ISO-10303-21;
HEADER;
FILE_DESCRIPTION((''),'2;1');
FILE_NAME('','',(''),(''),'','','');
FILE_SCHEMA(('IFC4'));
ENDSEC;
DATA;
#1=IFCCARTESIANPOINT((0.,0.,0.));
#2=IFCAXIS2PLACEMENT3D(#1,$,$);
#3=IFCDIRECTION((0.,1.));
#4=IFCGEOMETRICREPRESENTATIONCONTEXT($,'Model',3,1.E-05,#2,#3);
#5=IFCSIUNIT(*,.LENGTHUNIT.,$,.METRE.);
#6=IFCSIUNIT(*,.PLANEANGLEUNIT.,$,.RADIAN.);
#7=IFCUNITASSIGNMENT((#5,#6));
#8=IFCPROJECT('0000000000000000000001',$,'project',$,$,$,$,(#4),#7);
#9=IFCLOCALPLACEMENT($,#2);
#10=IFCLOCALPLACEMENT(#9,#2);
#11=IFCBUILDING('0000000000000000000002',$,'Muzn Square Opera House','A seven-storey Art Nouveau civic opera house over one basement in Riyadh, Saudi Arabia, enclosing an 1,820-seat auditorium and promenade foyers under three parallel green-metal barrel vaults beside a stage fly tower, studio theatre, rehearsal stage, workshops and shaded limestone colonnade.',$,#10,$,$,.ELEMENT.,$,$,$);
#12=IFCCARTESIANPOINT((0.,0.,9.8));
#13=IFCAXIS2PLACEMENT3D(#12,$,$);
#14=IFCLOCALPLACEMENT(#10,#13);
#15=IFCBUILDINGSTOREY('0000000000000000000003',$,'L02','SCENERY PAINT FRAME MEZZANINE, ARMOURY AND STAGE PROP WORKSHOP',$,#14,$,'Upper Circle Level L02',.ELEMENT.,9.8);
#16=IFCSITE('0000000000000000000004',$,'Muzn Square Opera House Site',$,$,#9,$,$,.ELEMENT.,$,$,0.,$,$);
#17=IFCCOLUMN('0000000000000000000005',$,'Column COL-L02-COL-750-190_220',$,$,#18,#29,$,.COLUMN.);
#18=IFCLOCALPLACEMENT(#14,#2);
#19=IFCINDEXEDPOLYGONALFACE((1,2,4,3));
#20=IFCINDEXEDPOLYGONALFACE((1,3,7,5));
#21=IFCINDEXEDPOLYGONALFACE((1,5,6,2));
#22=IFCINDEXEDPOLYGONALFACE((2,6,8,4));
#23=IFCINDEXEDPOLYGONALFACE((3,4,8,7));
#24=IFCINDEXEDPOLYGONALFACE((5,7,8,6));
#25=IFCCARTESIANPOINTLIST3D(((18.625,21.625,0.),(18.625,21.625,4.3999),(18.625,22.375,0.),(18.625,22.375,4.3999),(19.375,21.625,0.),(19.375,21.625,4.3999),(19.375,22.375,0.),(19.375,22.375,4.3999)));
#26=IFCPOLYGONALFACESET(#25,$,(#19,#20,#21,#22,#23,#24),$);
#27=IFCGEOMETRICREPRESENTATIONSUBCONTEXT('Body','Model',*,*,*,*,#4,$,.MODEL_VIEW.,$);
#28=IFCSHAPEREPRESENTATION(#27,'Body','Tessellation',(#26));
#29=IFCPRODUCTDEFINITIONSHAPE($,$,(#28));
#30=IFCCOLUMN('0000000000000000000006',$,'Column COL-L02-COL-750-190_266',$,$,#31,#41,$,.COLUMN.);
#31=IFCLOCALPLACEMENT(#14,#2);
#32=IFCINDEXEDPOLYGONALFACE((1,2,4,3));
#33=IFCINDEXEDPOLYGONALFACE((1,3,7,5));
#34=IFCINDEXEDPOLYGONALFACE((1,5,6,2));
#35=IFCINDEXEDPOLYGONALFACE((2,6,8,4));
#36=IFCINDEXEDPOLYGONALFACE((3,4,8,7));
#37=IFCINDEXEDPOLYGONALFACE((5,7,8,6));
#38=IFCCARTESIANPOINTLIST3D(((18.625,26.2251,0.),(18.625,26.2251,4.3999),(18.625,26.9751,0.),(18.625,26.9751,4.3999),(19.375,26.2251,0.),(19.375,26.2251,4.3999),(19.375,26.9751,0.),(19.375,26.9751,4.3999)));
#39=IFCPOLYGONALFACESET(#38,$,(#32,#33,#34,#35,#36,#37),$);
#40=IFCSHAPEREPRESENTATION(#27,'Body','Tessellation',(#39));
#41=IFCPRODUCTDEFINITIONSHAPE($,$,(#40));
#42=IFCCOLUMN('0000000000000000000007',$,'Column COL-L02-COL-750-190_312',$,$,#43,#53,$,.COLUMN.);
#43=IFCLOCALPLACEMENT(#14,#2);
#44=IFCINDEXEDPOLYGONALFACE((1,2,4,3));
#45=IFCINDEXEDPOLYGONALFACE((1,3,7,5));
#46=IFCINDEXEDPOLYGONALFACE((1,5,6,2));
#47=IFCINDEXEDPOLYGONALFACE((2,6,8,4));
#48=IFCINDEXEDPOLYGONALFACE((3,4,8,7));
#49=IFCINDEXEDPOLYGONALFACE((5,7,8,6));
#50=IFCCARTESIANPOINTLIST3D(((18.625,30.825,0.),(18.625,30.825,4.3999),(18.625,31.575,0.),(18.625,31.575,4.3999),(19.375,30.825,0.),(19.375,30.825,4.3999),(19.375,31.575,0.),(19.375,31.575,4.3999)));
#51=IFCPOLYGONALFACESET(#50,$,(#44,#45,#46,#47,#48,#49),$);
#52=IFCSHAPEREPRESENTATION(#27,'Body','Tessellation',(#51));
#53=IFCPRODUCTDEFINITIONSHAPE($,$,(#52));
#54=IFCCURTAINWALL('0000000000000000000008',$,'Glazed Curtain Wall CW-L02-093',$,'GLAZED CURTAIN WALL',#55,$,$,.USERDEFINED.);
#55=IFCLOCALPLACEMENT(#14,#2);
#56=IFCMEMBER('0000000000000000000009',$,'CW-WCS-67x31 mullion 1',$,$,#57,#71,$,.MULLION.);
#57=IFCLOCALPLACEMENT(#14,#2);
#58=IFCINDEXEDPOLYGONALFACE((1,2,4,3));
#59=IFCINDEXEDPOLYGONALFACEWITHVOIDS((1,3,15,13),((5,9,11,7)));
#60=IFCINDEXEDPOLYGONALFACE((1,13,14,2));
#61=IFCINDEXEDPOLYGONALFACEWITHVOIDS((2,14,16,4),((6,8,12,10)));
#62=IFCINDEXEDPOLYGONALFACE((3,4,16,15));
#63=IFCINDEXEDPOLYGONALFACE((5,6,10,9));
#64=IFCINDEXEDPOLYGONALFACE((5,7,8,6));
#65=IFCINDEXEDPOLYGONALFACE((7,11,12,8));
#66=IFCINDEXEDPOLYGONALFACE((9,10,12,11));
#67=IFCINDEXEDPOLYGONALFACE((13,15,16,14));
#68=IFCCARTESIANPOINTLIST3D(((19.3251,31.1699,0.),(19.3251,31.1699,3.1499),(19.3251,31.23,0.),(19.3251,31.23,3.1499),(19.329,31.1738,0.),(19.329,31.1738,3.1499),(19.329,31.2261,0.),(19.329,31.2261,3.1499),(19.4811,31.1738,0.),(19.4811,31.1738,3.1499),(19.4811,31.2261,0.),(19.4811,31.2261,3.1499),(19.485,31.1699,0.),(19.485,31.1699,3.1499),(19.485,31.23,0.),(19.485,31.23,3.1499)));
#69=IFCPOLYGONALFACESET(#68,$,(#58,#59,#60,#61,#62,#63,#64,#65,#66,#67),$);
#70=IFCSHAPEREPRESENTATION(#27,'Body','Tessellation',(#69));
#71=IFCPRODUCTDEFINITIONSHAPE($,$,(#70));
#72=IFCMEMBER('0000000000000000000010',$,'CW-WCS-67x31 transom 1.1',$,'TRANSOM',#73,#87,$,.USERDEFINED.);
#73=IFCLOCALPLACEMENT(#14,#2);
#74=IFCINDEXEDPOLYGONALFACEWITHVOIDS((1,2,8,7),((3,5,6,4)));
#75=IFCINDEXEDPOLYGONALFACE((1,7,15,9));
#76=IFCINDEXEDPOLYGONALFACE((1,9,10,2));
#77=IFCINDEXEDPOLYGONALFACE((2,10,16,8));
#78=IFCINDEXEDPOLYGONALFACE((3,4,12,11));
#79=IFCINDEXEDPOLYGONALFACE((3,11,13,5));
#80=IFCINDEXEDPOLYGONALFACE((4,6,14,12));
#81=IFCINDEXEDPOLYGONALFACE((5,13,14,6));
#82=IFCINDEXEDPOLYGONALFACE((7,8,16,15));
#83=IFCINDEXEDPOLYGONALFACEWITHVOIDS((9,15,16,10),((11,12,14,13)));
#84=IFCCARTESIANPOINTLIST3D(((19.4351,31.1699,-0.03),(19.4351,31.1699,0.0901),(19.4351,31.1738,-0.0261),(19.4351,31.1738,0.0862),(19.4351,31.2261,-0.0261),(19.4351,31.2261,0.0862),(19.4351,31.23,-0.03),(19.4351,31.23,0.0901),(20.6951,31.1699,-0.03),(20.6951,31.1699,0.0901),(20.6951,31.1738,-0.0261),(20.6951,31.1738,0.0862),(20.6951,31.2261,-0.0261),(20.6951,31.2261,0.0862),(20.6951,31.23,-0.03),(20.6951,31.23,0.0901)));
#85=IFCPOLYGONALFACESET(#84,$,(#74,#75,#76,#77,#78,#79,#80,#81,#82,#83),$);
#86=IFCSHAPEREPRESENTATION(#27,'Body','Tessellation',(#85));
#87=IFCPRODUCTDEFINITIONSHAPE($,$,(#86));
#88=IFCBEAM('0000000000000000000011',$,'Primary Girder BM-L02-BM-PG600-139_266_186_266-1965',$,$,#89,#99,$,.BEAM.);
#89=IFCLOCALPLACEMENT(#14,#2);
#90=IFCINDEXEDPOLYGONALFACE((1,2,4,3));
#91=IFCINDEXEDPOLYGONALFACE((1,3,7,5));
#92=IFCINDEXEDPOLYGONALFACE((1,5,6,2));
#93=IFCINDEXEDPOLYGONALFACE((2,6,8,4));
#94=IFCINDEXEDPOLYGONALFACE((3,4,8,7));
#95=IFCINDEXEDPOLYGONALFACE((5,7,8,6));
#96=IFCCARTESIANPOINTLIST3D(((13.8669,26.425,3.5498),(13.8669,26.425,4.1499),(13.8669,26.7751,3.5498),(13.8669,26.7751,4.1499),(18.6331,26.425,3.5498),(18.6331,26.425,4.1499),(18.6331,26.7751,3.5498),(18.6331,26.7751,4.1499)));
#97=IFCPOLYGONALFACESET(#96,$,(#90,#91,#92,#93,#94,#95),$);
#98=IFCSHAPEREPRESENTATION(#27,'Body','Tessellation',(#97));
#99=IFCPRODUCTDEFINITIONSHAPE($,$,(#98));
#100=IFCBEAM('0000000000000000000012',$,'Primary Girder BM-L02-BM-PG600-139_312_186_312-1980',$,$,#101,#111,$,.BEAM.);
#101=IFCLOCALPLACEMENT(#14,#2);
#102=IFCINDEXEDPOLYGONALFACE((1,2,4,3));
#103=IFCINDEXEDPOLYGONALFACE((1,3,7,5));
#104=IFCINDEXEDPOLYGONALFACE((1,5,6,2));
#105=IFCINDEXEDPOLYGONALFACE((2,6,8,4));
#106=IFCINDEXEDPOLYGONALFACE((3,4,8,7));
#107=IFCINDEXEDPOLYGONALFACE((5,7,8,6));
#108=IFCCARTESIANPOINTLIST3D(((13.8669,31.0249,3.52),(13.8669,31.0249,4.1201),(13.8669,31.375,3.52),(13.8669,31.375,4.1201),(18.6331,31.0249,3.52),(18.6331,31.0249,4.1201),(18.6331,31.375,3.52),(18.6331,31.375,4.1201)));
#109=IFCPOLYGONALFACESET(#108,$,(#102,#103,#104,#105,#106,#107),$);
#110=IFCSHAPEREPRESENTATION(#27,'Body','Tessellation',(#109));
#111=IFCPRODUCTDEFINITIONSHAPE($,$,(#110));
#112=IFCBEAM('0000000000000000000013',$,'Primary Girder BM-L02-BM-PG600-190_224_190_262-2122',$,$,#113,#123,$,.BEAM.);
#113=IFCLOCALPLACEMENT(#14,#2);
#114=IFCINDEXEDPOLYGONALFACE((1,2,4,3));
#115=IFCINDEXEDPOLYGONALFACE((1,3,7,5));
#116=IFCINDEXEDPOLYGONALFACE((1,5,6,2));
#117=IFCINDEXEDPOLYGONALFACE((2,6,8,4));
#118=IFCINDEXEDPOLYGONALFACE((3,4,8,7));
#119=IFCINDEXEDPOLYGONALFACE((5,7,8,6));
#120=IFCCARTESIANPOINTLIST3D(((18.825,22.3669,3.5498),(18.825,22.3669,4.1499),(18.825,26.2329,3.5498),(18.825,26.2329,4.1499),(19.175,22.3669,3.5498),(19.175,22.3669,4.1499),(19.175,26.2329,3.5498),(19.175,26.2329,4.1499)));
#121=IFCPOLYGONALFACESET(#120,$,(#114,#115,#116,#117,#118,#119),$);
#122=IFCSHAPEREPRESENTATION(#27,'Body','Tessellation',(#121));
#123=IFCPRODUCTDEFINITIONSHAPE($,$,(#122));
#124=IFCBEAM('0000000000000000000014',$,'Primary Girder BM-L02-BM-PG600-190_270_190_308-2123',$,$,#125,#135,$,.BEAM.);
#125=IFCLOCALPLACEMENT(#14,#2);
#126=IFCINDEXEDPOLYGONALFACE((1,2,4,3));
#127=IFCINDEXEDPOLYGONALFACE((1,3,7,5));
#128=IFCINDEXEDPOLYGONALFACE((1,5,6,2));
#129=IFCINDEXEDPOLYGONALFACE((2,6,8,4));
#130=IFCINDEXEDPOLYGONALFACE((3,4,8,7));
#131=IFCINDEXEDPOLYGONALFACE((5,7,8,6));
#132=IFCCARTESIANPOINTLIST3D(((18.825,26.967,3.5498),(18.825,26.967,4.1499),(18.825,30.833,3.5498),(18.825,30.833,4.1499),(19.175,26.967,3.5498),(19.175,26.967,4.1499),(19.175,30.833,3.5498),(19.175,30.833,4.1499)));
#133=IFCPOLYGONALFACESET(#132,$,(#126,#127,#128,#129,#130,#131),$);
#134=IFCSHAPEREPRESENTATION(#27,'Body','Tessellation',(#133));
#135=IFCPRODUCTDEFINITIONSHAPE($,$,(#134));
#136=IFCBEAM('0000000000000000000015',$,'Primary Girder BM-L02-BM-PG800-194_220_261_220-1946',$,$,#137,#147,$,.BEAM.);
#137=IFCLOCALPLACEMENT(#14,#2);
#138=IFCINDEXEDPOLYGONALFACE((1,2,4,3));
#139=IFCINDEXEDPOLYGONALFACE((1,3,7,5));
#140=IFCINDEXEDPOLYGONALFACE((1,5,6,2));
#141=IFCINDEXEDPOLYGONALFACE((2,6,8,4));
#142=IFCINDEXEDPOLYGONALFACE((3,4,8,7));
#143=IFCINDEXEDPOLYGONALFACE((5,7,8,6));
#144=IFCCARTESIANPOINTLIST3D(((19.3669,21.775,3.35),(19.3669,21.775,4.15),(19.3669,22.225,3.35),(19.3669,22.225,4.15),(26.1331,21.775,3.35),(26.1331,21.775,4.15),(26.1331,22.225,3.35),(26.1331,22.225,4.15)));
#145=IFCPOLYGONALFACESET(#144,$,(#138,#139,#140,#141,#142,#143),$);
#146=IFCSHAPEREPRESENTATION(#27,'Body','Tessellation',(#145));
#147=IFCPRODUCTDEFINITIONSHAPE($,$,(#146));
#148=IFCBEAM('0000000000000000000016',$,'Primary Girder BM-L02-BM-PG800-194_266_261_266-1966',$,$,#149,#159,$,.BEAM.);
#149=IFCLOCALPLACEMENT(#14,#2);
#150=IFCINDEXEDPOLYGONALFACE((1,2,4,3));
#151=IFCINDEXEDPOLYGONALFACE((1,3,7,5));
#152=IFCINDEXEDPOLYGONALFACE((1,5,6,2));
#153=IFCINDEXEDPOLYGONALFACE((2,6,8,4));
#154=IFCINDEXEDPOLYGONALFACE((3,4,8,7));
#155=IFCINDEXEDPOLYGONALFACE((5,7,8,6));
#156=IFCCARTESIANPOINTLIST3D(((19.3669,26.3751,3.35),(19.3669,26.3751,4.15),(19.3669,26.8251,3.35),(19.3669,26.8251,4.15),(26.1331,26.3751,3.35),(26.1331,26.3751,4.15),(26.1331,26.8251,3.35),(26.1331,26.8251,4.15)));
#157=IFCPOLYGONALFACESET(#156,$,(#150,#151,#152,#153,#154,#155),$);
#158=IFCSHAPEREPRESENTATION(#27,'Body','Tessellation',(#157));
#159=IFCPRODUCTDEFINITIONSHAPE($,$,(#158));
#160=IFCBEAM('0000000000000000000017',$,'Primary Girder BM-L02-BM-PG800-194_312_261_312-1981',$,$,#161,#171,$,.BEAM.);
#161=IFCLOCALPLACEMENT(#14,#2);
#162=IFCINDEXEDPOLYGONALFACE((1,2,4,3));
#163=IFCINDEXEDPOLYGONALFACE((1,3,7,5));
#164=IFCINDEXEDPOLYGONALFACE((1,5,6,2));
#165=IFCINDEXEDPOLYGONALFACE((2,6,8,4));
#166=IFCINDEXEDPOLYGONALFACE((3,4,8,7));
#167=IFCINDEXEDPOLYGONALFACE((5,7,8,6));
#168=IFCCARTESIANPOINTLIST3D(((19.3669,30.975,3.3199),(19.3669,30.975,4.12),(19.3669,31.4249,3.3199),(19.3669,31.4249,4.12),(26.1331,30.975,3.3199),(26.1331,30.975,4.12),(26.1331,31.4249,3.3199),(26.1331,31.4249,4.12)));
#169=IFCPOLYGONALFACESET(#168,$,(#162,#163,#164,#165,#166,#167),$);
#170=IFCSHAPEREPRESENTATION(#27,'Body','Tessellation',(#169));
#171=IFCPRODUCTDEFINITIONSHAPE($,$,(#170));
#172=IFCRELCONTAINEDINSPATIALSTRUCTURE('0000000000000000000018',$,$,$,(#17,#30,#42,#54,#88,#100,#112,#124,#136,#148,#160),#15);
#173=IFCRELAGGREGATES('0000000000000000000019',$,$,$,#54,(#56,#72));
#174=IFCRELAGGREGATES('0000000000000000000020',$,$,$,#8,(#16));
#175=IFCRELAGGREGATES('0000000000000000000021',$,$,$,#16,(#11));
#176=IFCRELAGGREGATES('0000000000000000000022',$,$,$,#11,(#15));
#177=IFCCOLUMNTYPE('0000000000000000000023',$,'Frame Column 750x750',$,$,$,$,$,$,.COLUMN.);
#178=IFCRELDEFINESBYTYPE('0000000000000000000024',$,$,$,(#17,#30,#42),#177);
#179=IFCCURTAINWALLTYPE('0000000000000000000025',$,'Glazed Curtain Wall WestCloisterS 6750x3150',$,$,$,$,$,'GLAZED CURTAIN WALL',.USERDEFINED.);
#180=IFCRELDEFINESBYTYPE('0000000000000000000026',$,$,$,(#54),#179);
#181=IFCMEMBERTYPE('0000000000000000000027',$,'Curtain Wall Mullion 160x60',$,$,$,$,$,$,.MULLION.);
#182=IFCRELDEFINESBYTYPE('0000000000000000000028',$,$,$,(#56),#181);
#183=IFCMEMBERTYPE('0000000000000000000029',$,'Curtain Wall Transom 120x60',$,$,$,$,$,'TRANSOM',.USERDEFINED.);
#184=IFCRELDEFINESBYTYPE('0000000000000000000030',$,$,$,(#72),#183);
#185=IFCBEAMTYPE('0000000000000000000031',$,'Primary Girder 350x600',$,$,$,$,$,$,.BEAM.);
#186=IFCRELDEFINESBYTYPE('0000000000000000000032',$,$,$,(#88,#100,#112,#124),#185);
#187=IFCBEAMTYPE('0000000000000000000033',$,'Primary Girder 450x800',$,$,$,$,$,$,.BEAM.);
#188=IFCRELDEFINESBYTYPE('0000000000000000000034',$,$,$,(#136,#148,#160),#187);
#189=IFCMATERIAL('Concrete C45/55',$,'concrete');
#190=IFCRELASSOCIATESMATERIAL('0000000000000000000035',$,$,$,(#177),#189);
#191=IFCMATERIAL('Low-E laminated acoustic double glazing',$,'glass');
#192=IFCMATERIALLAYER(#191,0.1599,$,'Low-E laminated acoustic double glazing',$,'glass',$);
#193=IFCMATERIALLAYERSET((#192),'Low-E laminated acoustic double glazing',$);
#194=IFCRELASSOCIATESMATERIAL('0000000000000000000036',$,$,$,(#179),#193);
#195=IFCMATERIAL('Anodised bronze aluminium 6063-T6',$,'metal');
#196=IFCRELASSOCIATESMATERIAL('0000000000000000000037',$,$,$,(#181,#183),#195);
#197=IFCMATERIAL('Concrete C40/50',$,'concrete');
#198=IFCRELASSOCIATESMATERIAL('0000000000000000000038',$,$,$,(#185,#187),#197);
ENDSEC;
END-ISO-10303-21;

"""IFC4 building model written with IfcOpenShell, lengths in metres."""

from ifc_helpers import new_model, si_unit, direction, frame, origin, origin_2d, place, context, subcontext, project, spatial, rectangle, hollow_rectangle, extrude, material, layer, layer_set, material_profile, profile_set, type_object, element, aggregate, save


model = new_model("IFC4")

# Units and contexts
model_context = context("Model", 3, precision=1e-05, world=origin(), true_north=direction((0.0, 1.0)))
body_context = subcontext(model_context, "Body", "Model", "MODEL_VIEW")
ifc_project = project(units=[si_unit("LENGTHUNIT", "METRE"), si_unit("PLANEANGLEUNIT", "RADIAN")], contexts=[model_context])

# Site, building, storey
site_placement = place(None, origin())
site = spatial("IfcSite", under=ifc_project, at=site_placement, Name="Muzn Square Opera House Site", CompositionType="ELEMENT", RefElevation=0.0)
building_placement = place(site_placement, origin())
building = spatial("IfcBuilding", under=site, at=building_placement, Name="Muzn Square Opera House", Description="A seven-storey Art Nouveau civic opera house over one basement in Riyadh, Saudi Arabia, enclosing an 1,820-seat auditorium and promenade foyers under three parallel green-metal barrel vaults beside a stage fly tower, studio theatre, rehearsal stage, workshops and shaded limestone colonnade.", CompositionType="ELEMENT")
storey_placement = place(building_placement, frame((0.0, 0.0, 9.8)))
storey = spatial("IfcBuildingStorey", under=building, at=storey_placement, Name="L02", Description="SCENERY PAINT FRAME MEZZANINE, ARMOURY AND STAGE PROP WORKSHOP", LongName="Upper Circle Level L02", CompositionType="ELEMENT", Elevation=9.8)

# Columns
ifc_material_1 = material(Name="Concrete C45/55", Category="concrete")
ifc_material_profile_1 = material_profile(ifc_material_1, rectangle(XDim=0.75, YDim=0.75, at=origin_2d()), Name="RC 750x750", Category="concrete")
ifc_profile_set_1 = profile_set([ifc_material_profile_1], Name="Concrete C45/55")
column_type = type_object("IfcColumnType", Name="Frame Column 750x750", PredefinedType="COLUMN", material=ifc_profile_set_1)
for number, where, z_axis, x_axis, name in (
    (1, (19.0, 22.0, 0.0), (0.0, 0.0, 1.0), (1.0, 0.0, 0.0), "Column COL-L02-COL-750-190_220"),
    (2, (19.0, 26.6001, 0.0), (0.0, 0.0, 1.0), (1.0, 0.0, 0.0), "Column COL-L02-COL-750-190_266"),
    (3, (19.0, 31.2, 0.0), (0.0, 0.0, 1.0), (1.0, 0.0, 0.0), "Column COL-L02-COL-750-190_312"),
):
    element("IfcColumn", number, at=place(storey_placement, frame(where, z_axis=z_axis, x_axis=x_axis)), inside=storey, type_object=column_type, Name=name, PredefinedType="COLUMN", context=body_context, shape_type="SweptSolid", body=[
        extrude(rectangle(XDim=0.75, YDim=0.75, at=origin_2d()), origin(), (0.0, 0.0, 1.0), 4.3999),
    ])

# Curtain wall, members
ifc_material_2 = material(Name="Low-E laminated acoustic double glazing", Category="glass")
ifc_layer_1 = layer(ifc_material_2, 0.1599, Name="Low-E laminated acoustic double glazing", Category="glass")
ifc_layer_set_1 = layer_set([ifc_layer_1], Name="Low-E laminated acoustic double glazing")
curtain_wall_type = type_object("IfcCurtainWallType", Name="Glazed Curtain Wall WestCloisterS 6750x3150", ElementType="GLAZED CURTAIN WALL", PredefinedType="USERDEFINED", material=ifc_layer_set_1)
curtain_wall_placement = place(storey_placement, origin())
curtain_wall = element("IfcCurtainWall", 4, at=curtain_wall_placement, inside=storey, type_object=curtain_wall_type, Name="Glazed Curtain Wall CW-L02-093", ObjectType="GLAZED CURTAIN WALL", PredefinedType="USERDEFINED")
ifc_material_3 = material(Name="Anodised bronze aluminium 6063-T6", Category="metal")
ifc_material_profile_2 = material_profile(ifc_material_3, hollow_rectangle(XDim=0.0601, YDim=0.1599, WallThickness=0.0039, at=origin_2d()), Name="ALU 160x60x4", Category="metal")
ifc_profile_set_2 = profile_set([ifc_material_profile_2], Name="Anodised bronze aluminium 6063-T6")
member_type_1 = type_object("IfcMemberType", Name="Curtain Wall Mullion 160x60", PredefinedType="MULLION", material=ifc_profile_set_2)
member_1_placement = place(storey_placement, frame((19.405, 31.2, 0.0), z_axis=(0.0, 0.0, 1.0), x_axis=(0.0, 1.0, 0.0)))
member_1 = element("IfcMember", 5, at=member_1_placement, type_object=member_type_1, Name="CW-WCS-67x31 mullion 1", PredefinedType="MULLION", context=body_context, shape_type="SweptSolid", body=[
    extrude(hollow_rectangle(XDim=0.0601, YDim=0.1599, WallThickness=0.0039, at=origin_2d()), origin(), (0.0, 0.0, 1.0), 3.1499),
])
ifc_material_profile_3 = material_profile(ifc_material_3, hollow_rectangle(XDim=0.0601, YDim=0.1201, WallThickness=0.0039, at=origin_2d()), Name="ALU 120x60x4", Category="metal")
ifc_profile_set_3 = profile_set([ifc_material_profile_3], Name="Anodised bronze aluminium 6063-T6")
member_type_2 = type_object("IfcMemberType", Name="Curtain Wall Transom 120x60", ElementType="TRANSOM", PredefinedType="USERDEFINED", material=ifc_profile_set_3)
member_2_placement = place(storey_placement, frame((19.4351, 31.2, 0.03), z_axis=(1.0, 0.0, 0.0), x_axis=(0.0, 1.0, 0.0)))
member_2 = element("IfcMember", 6, at=member_2_placement, type_object=member_type_2, Name="CW-WCS-67x31 transom 1.1", ObjectType="TRANSOM", PredefinedType="USERDEFINED", context=body_context, shape_type="SweptSolid", body=[
    extrude(hollow_rectangle(XDim=0.0601, YDim=0.1201, WallThickness=0.0039, at=origin_2d()), origin(), (0.0, 0.0, 1.0), 1.26),
])
aggregate(curtain_wall, [member_1, member_2])

# Beams
ifc_material_4 = material(Name="Concrete C40/50", Category="concrete")
ifc_material_profile_4 = material_profile(ifc_material_4, rectangle(XDim=0.3501, YDim=0.6001, at=origin_2d()), Name="RCB 350x600", Category="concrete")
ifc_profile_set_4 = profile_set([ifc_material_profile_4], Name="Concrete C40/50")
beam_type_1 = type_object("IfcBeamType", Name="Primary Girder 350x600", PredefinedType="BEAM", material=ifc_profile_set_4)
for number, where, z_axis, x_axis, name in (
    (7, (13.8669, 26.6001, 3.8499), (1.0, 0.0, 0.0), (0.0, 1.0, 0.0), "Primary Girder BM-L02-BM-PG600-139_266_186_266-1965"),
    (8, (13.8669, 31.2, 3.8201), (1.0, 0.0, 0.0), (0.0, 1.0, 0.0), "Primary Girder BM-L02-BM-PG600-139_312_186_312-1980"),
):
    element("IfcBeam", number, at=place(storey_placement, frame(where, z_axis=z_axis, x_axis=x_axis)), inside=storey, type_object=beam_type_1, Name=name, PredefinedType="BEAM", context=body_context, shape_type="SweptSolid", body=[
        extrude(rectangle(XDim=0.3501, YDim=0.6001, at=origin_2d()), origin(), (0.0, 0.0, 1.0), 4.7661),
    ])
for number, where, z_axis, x_axis, name in (
    (9, (19.0, 22.3669, 3.8499), (0.0, 1.0, 0.0), (-1.0, 0.0, 0.0), "Primary Girder BM-L02-BM-PG600-190_224_190_262-2122"),
    (10, (19.0, 26.967, 3.8499), (0.0, 1.0, 0.0), (-1.0, 0.0, 0.0), "Primary Girder BM-L02-BM-PG600-190_270_190_308-2123"),
):
    element("IfcBeam", number, at=place(storey_placement, frame(where, z_axis=z_axis, x_axis=x_axis)), inside=storey, type_object=beam_type_1, Name=name, PredefinedType="BEAM", context=body_context, shape_type="SweptSolid", body=[
        extrude(rectangle(XDim=0.3501, YDim=0.6001, at=origin_2d()), origin(), (0.0, 0.0, 1.0), 3.866),
    ])
ifc_material_profile_5 = material_profile(ifc_material_4, rectangle(XDim=0.45, YDim=0.8, at=origin_2d()), Name="RCB 450x800", Category="concrete")
ifc_profile_set_5 = profile_set([ifc_material_profile_5], Name="Concrete C40/50")
beam_type_2 = type_object("IfcBeamType", Name="Primary Girder 450x800", PredefinedType="BEAM", material=ifc_profile_set_5)
for number, where, z_axis, x_axis, name in (
    (11, (19.3669, 22.0, 3.75), (1.0, 0.0, 0.0), (0.0, 1.0, 0.0), "Primary Girder BM-L02-BM-PG800-194_220_261_220-1946"),
    (12, (19.3669, 26.6001, 3.75), (1.0, 0.0, 0.0), (0.0, 1.0, 0.0), "Primary Girder BM-L02-BM-PG800-194_266_261_266-1966"),
    (13, (19.3669, 31.2, 3.72), (1.0, 0.0, 0.0), (0.0, 1.0, 0.0), "Primary Girder BM-L02-BM-PG800-194_312_261_312-1981"),
):
    element("IfcBeam", number, at=place(storey_placement, frame(where, z_axis=z_axis, x_axis=x_axis)), inside=storey, type_object=beam_type_2, Name=name, PredefinedType="BEAM", context=body_context, shape_type="SweptSolid", body=[
        extrude(rectangle(XDim=0.45, YDim=0.8, at=origin_2d()), origin(), (0.0, 0.0, 1.0), 6.7661),
    ])

save(model, "model.ifc")
